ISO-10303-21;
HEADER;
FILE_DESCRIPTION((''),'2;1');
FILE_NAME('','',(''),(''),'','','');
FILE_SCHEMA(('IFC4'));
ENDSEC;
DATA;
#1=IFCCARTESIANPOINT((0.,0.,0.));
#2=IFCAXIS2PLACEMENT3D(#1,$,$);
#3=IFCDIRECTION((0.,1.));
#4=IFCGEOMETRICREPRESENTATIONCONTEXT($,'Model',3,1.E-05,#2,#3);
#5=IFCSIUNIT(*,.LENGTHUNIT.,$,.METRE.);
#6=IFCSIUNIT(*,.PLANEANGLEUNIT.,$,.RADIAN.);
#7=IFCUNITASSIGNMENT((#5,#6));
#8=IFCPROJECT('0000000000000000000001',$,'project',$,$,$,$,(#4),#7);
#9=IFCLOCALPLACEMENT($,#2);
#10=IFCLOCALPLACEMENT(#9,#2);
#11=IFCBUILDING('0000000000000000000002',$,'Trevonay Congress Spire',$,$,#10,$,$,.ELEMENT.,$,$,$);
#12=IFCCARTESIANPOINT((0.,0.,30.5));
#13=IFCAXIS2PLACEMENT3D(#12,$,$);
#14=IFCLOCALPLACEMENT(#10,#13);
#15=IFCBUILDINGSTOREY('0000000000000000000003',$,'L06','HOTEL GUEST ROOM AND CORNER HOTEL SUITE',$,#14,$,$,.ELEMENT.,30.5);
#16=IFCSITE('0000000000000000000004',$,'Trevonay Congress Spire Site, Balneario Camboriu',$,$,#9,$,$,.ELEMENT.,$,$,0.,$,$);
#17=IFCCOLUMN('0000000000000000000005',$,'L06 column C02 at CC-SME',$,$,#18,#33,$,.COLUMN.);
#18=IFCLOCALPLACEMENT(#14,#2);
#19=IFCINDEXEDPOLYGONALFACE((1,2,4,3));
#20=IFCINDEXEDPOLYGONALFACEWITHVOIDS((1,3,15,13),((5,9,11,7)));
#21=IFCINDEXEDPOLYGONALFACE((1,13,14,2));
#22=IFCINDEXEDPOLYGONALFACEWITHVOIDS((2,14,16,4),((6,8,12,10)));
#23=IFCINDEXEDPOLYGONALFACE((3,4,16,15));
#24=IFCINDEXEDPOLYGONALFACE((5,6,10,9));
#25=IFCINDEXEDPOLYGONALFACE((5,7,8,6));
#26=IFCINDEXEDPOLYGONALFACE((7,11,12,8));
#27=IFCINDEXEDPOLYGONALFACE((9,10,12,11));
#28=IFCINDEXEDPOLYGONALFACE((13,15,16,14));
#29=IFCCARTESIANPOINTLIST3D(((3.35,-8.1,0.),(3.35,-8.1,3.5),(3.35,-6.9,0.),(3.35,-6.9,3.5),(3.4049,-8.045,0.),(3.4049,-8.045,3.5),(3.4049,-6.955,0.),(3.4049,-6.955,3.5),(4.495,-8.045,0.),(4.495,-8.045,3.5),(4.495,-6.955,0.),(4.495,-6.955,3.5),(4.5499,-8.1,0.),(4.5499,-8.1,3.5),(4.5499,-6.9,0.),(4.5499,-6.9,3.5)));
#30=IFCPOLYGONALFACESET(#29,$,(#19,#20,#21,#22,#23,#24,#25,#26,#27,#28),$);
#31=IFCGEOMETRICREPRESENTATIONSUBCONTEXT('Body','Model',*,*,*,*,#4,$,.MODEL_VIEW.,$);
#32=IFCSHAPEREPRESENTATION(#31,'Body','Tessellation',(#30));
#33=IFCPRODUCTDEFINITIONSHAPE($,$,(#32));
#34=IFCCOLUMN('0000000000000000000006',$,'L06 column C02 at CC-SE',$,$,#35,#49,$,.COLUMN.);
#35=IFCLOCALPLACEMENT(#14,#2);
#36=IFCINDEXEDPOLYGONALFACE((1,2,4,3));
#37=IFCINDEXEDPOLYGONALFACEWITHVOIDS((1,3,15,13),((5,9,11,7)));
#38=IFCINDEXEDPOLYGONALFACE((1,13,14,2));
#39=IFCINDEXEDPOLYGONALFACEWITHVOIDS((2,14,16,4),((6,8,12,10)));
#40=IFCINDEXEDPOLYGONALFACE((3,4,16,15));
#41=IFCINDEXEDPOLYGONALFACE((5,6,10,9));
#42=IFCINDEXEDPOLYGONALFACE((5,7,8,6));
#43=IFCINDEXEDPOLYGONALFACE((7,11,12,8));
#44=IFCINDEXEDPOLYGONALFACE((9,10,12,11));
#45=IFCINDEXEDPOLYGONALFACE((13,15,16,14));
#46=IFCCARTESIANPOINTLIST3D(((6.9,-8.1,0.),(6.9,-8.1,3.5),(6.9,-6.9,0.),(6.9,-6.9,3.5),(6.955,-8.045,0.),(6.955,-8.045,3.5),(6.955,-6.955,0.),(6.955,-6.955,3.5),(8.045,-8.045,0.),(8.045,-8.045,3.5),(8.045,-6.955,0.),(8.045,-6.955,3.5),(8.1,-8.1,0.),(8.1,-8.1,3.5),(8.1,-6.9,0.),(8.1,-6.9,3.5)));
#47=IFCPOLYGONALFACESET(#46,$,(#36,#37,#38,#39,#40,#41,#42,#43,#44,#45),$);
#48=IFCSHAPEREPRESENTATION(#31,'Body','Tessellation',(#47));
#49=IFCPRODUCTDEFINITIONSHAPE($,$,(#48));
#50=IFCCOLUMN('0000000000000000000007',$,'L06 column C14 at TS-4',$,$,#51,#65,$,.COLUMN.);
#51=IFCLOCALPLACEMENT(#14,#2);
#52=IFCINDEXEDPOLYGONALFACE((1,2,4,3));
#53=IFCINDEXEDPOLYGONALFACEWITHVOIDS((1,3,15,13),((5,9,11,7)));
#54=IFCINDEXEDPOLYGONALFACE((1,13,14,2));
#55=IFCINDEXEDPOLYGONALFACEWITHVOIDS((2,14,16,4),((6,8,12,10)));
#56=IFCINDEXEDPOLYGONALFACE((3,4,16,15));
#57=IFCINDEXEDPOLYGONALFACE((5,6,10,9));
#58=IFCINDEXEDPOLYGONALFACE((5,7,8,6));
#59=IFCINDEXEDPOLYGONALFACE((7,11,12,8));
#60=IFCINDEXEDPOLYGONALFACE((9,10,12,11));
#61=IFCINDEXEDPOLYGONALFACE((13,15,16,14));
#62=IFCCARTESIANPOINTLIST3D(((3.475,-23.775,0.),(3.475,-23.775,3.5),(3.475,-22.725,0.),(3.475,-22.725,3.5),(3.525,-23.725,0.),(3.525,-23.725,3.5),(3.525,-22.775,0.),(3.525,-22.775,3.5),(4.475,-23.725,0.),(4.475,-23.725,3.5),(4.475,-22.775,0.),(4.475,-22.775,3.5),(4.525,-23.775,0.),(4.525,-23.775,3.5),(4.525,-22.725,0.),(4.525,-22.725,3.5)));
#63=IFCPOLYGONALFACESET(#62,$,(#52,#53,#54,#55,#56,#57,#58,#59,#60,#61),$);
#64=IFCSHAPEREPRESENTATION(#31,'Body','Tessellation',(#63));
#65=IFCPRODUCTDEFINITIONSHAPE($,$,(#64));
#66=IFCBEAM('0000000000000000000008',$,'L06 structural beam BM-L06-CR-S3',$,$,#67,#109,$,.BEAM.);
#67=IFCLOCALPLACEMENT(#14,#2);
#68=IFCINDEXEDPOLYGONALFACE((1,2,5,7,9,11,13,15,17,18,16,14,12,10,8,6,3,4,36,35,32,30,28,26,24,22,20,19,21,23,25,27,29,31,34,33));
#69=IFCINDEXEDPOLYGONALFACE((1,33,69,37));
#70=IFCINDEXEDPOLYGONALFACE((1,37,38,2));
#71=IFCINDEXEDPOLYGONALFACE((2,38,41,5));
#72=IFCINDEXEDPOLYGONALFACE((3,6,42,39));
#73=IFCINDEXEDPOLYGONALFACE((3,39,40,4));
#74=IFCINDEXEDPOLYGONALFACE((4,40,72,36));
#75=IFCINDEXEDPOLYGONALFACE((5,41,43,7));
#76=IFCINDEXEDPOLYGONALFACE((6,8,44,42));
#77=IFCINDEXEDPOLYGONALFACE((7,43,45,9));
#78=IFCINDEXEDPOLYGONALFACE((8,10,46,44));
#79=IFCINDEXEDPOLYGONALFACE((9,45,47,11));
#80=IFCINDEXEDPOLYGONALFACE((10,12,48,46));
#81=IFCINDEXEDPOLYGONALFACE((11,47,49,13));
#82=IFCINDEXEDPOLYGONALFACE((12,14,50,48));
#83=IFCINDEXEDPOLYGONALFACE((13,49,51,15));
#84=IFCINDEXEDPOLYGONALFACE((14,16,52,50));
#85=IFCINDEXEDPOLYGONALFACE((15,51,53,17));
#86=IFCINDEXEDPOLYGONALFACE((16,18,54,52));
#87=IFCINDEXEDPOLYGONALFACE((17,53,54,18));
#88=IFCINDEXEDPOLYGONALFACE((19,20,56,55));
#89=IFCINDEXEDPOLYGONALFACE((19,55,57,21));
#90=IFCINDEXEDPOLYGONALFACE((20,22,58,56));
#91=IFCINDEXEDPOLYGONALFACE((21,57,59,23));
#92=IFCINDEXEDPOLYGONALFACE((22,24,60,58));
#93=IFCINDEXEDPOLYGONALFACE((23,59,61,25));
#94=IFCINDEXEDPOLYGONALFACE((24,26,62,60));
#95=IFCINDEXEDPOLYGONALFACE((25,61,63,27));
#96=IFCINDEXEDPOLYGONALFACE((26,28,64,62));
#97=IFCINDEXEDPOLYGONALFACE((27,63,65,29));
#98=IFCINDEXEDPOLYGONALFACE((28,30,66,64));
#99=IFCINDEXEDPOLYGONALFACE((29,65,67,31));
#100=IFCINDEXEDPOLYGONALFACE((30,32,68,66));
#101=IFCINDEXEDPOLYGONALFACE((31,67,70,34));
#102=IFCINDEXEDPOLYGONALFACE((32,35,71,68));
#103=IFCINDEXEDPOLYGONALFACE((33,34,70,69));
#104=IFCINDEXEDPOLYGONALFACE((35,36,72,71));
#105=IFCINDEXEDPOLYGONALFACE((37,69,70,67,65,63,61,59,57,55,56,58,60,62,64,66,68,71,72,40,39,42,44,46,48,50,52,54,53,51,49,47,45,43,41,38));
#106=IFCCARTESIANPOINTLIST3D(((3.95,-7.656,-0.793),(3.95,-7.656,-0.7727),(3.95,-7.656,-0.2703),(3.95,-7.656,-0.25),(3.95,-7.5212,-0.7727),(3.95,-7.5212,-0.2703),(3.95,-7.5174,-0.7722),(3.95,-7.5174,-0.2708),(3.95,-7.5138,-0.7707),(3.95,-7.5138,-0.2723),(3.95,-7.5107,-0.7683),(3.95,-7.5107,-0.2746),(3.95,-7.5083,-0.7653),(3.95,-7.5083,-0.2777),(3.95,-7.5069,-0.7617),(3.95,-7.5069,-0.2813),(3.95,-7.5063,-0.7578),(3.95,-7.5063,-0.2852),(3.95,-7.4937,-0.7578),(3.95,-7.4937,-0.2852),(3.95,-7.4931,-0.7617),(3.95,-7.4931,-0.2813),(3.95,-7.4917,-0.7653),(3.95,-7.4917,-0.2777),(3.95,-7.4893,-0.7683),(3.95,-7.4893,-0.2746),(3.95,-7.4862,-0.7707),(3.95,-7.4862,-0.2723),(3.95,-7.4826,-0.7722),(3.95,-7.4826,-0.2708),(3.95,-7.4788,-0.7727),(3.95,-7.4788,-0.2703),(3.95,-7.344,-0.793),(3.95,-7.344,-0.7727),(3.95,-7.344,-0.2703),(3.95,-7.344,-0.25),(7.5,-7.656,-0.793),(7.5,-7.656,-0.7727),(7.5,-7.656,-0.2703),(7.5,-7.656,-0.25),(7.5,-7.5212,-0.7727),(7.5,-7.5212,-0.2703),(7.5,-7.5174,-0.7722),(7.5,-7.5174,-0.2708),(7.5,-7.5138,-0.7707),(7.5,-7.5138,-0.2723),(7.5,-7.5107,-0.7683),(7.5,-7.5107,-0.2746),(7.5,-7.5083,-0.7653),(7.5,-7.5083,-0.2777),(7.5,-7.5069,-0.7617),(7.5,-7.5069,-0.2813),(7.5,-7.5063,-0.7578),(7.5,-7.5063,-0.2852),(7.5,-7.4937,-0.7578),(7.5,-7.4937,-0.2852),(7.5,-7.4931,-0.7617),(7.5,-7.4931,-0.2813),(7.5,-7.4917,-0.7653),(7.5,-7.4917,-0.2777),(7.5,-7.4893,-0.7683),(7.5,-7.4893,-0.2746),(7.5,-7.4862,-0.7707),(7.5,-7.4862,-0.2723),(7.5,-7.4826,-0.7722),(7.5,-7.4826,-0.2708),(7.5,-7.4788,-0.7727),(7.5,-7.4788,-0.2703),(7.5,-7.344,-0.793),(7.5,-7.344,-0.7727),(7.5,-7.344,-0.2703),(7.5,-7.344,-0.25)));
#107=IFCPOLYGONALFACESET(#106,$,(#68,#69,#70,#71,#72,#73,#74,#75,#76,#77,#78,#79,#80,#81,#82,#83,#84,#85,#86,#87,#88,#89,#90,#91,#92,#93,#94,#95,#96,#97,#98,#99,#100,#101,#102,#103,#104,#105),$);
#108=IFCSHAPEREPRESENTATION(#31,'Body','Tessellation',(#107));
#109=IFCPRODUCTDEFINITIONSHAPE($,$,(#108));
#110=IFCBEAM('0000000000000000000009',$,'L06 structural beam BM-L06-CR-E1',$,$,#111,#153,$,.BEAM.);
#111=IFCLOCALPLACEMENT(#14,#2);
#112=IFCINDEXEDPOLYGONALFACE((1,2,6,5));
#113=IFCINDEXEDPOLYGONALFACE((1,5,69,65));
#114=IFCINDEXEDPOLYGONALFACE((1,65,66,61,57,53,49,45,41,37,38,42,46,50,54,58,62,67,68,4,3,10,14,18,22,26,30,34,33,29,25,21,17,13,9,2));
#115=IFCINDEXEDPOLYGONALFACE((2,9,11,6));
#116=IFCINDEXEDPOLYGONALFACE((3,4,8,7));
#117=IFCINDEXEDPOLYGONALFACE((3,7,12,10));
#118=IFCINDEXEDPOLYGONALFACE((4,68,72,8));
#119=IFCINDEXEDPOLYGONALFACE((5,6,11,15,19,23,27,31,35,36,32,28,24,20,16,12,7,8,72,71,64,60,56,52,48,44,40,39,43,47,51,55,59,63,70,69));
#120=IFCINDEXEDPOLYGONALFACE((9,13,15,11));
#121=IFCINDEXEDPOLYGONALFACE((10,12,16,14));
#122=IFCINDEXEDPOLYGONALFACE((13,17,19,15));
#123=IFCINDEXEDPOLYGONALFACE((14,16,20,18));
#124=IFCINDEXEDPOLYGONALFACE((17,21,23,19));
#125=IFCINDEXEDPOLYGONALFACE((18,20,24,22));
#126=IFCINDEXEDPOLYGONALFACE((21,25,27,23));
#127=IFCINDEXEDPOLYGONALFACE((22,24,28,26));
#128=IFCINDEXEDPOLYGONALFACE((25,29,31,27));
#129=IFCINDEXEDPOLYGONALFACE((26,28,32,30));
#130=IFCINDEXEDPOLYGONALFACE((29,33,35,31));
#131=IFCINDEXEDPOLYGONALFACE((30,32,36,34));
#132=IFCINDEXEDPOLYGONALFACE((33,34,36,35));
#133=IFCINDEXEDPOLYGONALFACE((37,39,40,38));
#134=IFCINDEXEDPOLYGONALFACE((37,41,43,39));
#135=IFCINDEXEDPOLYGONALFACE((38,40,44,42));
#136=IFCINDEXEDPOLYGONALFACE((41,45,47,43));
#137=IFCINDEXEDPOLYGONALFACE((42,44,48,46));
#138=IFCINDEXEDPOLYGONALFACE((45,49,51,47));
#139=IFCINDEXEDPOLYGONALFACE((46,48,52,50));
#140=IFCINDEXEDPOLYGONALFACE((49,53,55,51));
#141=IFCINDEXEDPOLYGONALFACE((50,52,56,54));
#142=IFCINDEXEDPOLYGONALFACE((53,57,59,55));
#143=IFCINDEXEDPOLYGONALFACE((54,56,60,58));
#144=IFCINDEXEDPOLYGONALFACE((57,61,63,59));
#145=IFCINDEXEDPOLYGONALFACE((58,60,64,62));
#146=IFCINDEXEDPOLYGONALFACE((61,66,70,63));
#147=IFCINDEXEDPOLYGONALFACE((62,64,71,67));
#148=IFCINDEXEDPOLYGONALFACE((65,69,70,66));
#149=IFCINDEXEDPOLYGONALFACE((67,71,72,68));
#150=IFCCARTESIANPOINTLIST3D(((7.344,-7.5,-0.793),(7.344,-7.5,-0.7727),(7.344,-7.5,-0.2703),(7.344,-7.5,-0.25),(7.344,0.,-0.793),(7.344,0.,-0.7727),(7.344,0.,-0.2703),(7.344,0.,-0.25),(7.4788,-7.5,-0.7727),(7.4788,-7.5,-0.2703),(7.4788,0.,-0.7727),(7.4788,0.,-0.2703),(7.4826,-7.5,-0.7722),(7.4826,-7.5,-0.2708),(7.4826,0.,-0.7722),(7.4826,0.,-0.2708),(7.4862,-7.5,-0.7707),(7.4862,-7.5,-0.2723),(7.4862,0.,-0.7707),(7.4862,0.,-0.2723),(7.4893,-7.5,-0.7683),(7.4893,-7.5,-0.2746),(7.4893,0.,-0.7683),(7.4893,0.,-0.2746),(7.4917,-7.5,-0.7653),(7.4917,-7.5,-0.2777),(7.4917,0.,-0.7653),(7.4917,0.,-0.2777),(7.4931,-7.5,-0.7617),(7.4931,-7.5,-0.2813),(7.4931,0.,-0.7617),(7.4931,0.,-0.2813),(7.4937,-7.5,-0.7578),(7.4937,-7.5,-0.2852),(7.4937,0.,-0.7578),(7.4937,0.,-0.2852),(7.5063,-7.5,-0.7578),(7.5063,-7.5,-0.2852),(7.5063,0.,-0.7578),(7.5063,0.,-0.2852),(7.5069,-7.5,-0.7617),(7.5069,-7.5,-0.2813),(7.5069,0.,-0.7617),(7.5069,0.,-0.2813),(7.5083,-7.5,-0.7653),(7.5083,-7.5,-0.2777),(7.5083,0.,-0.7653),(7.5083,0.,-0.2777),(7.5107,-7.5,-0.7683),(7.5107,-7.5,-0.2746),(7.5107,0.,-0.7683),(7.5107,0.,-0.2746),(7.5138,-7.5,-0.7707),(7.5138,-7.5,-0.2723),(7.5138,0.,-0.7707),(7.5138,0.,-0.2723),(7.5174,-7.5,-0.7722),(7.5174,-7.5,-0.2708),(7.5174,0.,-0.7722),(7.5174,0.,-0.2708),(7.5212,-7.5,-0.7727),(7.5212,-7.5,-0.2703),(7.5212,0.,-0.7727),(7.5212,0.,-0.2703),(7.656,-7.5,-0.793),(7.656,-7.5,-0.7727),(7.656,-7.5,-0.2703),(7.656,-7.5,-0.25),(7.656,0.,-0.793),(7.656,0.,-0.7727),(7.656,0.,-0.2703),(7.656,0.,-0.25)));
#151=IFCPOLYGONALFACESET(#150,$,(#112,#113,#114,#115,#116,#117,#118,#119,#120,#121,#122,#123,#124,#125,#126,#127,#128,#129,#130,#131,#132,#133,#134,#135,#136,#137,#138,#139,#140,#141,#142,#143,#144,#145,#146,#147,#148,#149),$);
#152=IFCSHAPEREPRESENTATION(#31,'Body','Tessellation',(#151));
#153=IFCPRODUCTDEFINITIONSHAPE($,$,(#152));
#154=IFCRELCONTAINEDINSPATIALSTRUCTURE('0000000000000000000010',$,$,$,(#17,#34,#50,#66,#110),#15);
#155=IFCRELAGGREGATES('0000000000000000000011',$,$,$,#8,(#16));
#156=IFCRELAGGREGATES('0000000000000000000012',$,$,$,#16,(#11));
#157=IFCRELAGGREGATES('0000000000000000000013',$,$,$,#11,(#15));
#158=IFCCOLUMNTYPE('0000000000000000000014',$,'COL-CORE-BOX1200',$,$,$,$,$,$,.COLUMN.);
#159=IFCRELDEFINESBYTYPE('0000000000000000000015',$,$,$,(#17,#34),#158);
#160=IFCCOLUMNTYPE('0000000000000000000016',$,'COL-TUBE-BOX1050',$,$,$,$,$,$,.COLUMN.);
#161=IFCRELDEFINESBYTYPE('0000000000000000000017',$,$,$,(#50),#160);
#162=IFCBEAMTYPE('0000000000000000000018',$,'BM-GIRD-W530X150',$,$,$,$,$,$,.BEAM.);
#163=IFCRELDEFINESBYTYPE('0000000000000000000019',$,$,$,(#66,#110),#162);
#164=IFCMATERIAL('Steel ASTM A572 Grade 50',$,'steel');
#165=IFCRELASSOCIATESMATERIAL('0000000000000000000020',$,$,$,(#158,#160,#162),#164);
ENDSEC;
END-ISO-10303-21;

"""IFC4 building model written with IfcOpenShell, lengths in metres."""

from ifc_helpers import new_model, si_unit, direction, frame, origin, origin_2d, place, context, subcontext, project, spatial, hollow_rectangle, i_section, extrude, material, material_profile, profile_set, type_object, element, save


model = new_model("IFC4")

# Units and contexts
model_context = context("Model", 3, precision=1e-05, world=origin(), true_north=direction((0.0, 1.0)))
body_context = subcontext(model_context, "Body", "Model", "MODEL_VIEW")
ifc_project = project(units=[si_unit("LENGTHUNIT", "METRE"), si_unit("PLANEANGLEUNIT", "RADIAN")], contexts=[model_context])

# Site, building, storey
site_placement = place(None, origin())
site = spatial("IfcSite", under=ifc_project, at=site_placement, Name="Trevonay Congress Spire Site, Balneario Camboriu", CompositionType="ELEMENT", RefElevation=0.0)
building_placement = place(site_placement, origin())
building = spatial("IfcBuilding", under=site, at=building_placement, Name="Trevonay Congress Spire", CompositionType="ELEMENT")
storey_placement = place(building_placement, frame((0.0, 0.0, 30.5)))
storey = spatial("IfcBuildingStorey", under=building, at=storey_placement, Name="L06", Description="HOTEL GUEST ROOM AND CORNER HOTEL SUITE", CompositionType="ELEMENT", Elevation=30.5)

# Columns
ifc_material_1 = material(Name="Steel ASTM A572 Grade 50", Category="steel")
ifc_material_profile_1 = material_profile(ifc_material_1, hollow_rectangle(XDim=1.2, YDim=1.2, WallThickness=0.0549, at=origin_2d()), Name="BOX 1200x1200x55")
ifc_profile_set_1 = profile_set([ifc_material_profile_1], Name="Steel ASTM A572 Grade 50")
column_type_1 = type_object("IfcColumnType", Name="COL-CORE-BOX1200", PredefinedType="COLUMN", material=ifc_profile_set_1)
for number, where, z_axis, x_axis, name in (
    (1, (3.95, -7.5, 0.0), (0.0, 0.0, 1.0), (1.0, 0.0, 0.0), "L06 column C02 at CC-SME"),
    (2, (7.5, -7.5, 0.0), (0.0, 0.0, 1.0), (1.0, 0.0, 0.0), "L06 column C02 at CC-SE"),
):
    element("IfcColumn", number, at=place(storey_placement, frame(where, z_axis=z_axis, x_axis=x_axis)), inside=storey, type_object=column_type_1, Name=name, PredefinedType="COLUMN", context=body_context, shape_type="SweptSolid", body=[
        extrude(hollow_rectangle(XDim=1.2, YDim=1.2, WallThickness=0.0549, at=origin_2d()), origin(), (0.0, 0.0, 1.0), 3.5),
    ])
ifc_material_profile_2 = material_profile(ifc_material_1, hollow_rectangle(XDim=1.05, YDim=1.05, WallThickness=0.05, at=origin_2d()), Name="BOX 1050x1050x50")
ifc_profile_set_2 = profile_set([ifc_material_profile_2], Name="Steel ASTM A572 Grade 50")
column_type_2 = type_object("IfcColumnType", Name="COL-TUBE-BOX1050", PredefinedType="COLUMN", material=ifc_profile_set_2)
column_placement = place(storey_placement, frame((4.0, -23.25, 0.0), z_axis=(0.0, 0.0, 1.0), x_axis=(1.0, 0.0, 0.0)))
element("IfcColumn", 3, at=column_placement, inside=storey, type_object=column_type_2, Name="L06 column C14 at TS-4", PredefinedType="COLUMN", context=body_context, shape_type="SweptSolid", body=[
    extrude(hollow_rectangle(XDim=1.05, YDim=1.05, WallThickness=0.05, at=origin_2d()), origin(), (0.0, 0.0, 1.0), 3.5),
])

# Beams
ifc_material_profile_3 = material_profile(ifc_material_1, i_section(OverallWidth=0.312, OverallDepth=0.543, WebThickness=0.0127, FlangeThickness=0.0203, FilletRadius=0.0149, at=origin_2d()), Name="W530x150")
ifc_profile_set_3 = profile_set([ifc_material_profile_3], Name="Steel ASTM A572 Grade 50")
beam_type_1 = type_object("IfcBeamType", Name="BM-GIRD-W530X150", PredefinedType="BEAM", material=ifc_profile_set_3)
beam_1_placement = place(storey_placement, frame((3.95, -7.5, -0.5215), z_axis=(1.0, 0.0, 0.0), x_axis=(0.0, 1.0, 0.0)))
element("IfcBeam", 4, at=beam_1_placement, inside=storey, type_object=beam_type_1, Name="L06 structural beam BM-L06-CR-S3", PredefinedType="BEAM", context=body_context, shape_type="SweptSolid", body=[
    extrude(i_section(OverallWidth=0.312, OverallDepth=0.543, WebThickness=0.0127, FlangeThickness=0.0203, FilletRadius=0.0149, at=origin_2d()), origin(), (0.0, 0.0, 1.0), 3.55),
])
beam_2_placement = place(storey_placement, frame((7.5, -7.5, -0.5215), z_axis=(0.0, 1.0, 0.0), x_axis=(-1.0, 0.0, 0.0)))
element("IfcBeam", 5, at=beam_2_placement, inside=storey, type_object=beam_type_1, Name="L06 structural beam BM-L06-CR-E1", PredefinedType="BEAM", context=body_context, shape_type="SweptSolid", body=[
    extrude(i_section(OverallWidth=0.312, OverallDepth=0.543, WebThickness=0.0127, FlangeThickness=0.0203, FilletRadius=0.0149, at=origin_2d()), origin(), (0.0, 0.0, 1.0), 7.5),
])

save(model, "model.ifc")
